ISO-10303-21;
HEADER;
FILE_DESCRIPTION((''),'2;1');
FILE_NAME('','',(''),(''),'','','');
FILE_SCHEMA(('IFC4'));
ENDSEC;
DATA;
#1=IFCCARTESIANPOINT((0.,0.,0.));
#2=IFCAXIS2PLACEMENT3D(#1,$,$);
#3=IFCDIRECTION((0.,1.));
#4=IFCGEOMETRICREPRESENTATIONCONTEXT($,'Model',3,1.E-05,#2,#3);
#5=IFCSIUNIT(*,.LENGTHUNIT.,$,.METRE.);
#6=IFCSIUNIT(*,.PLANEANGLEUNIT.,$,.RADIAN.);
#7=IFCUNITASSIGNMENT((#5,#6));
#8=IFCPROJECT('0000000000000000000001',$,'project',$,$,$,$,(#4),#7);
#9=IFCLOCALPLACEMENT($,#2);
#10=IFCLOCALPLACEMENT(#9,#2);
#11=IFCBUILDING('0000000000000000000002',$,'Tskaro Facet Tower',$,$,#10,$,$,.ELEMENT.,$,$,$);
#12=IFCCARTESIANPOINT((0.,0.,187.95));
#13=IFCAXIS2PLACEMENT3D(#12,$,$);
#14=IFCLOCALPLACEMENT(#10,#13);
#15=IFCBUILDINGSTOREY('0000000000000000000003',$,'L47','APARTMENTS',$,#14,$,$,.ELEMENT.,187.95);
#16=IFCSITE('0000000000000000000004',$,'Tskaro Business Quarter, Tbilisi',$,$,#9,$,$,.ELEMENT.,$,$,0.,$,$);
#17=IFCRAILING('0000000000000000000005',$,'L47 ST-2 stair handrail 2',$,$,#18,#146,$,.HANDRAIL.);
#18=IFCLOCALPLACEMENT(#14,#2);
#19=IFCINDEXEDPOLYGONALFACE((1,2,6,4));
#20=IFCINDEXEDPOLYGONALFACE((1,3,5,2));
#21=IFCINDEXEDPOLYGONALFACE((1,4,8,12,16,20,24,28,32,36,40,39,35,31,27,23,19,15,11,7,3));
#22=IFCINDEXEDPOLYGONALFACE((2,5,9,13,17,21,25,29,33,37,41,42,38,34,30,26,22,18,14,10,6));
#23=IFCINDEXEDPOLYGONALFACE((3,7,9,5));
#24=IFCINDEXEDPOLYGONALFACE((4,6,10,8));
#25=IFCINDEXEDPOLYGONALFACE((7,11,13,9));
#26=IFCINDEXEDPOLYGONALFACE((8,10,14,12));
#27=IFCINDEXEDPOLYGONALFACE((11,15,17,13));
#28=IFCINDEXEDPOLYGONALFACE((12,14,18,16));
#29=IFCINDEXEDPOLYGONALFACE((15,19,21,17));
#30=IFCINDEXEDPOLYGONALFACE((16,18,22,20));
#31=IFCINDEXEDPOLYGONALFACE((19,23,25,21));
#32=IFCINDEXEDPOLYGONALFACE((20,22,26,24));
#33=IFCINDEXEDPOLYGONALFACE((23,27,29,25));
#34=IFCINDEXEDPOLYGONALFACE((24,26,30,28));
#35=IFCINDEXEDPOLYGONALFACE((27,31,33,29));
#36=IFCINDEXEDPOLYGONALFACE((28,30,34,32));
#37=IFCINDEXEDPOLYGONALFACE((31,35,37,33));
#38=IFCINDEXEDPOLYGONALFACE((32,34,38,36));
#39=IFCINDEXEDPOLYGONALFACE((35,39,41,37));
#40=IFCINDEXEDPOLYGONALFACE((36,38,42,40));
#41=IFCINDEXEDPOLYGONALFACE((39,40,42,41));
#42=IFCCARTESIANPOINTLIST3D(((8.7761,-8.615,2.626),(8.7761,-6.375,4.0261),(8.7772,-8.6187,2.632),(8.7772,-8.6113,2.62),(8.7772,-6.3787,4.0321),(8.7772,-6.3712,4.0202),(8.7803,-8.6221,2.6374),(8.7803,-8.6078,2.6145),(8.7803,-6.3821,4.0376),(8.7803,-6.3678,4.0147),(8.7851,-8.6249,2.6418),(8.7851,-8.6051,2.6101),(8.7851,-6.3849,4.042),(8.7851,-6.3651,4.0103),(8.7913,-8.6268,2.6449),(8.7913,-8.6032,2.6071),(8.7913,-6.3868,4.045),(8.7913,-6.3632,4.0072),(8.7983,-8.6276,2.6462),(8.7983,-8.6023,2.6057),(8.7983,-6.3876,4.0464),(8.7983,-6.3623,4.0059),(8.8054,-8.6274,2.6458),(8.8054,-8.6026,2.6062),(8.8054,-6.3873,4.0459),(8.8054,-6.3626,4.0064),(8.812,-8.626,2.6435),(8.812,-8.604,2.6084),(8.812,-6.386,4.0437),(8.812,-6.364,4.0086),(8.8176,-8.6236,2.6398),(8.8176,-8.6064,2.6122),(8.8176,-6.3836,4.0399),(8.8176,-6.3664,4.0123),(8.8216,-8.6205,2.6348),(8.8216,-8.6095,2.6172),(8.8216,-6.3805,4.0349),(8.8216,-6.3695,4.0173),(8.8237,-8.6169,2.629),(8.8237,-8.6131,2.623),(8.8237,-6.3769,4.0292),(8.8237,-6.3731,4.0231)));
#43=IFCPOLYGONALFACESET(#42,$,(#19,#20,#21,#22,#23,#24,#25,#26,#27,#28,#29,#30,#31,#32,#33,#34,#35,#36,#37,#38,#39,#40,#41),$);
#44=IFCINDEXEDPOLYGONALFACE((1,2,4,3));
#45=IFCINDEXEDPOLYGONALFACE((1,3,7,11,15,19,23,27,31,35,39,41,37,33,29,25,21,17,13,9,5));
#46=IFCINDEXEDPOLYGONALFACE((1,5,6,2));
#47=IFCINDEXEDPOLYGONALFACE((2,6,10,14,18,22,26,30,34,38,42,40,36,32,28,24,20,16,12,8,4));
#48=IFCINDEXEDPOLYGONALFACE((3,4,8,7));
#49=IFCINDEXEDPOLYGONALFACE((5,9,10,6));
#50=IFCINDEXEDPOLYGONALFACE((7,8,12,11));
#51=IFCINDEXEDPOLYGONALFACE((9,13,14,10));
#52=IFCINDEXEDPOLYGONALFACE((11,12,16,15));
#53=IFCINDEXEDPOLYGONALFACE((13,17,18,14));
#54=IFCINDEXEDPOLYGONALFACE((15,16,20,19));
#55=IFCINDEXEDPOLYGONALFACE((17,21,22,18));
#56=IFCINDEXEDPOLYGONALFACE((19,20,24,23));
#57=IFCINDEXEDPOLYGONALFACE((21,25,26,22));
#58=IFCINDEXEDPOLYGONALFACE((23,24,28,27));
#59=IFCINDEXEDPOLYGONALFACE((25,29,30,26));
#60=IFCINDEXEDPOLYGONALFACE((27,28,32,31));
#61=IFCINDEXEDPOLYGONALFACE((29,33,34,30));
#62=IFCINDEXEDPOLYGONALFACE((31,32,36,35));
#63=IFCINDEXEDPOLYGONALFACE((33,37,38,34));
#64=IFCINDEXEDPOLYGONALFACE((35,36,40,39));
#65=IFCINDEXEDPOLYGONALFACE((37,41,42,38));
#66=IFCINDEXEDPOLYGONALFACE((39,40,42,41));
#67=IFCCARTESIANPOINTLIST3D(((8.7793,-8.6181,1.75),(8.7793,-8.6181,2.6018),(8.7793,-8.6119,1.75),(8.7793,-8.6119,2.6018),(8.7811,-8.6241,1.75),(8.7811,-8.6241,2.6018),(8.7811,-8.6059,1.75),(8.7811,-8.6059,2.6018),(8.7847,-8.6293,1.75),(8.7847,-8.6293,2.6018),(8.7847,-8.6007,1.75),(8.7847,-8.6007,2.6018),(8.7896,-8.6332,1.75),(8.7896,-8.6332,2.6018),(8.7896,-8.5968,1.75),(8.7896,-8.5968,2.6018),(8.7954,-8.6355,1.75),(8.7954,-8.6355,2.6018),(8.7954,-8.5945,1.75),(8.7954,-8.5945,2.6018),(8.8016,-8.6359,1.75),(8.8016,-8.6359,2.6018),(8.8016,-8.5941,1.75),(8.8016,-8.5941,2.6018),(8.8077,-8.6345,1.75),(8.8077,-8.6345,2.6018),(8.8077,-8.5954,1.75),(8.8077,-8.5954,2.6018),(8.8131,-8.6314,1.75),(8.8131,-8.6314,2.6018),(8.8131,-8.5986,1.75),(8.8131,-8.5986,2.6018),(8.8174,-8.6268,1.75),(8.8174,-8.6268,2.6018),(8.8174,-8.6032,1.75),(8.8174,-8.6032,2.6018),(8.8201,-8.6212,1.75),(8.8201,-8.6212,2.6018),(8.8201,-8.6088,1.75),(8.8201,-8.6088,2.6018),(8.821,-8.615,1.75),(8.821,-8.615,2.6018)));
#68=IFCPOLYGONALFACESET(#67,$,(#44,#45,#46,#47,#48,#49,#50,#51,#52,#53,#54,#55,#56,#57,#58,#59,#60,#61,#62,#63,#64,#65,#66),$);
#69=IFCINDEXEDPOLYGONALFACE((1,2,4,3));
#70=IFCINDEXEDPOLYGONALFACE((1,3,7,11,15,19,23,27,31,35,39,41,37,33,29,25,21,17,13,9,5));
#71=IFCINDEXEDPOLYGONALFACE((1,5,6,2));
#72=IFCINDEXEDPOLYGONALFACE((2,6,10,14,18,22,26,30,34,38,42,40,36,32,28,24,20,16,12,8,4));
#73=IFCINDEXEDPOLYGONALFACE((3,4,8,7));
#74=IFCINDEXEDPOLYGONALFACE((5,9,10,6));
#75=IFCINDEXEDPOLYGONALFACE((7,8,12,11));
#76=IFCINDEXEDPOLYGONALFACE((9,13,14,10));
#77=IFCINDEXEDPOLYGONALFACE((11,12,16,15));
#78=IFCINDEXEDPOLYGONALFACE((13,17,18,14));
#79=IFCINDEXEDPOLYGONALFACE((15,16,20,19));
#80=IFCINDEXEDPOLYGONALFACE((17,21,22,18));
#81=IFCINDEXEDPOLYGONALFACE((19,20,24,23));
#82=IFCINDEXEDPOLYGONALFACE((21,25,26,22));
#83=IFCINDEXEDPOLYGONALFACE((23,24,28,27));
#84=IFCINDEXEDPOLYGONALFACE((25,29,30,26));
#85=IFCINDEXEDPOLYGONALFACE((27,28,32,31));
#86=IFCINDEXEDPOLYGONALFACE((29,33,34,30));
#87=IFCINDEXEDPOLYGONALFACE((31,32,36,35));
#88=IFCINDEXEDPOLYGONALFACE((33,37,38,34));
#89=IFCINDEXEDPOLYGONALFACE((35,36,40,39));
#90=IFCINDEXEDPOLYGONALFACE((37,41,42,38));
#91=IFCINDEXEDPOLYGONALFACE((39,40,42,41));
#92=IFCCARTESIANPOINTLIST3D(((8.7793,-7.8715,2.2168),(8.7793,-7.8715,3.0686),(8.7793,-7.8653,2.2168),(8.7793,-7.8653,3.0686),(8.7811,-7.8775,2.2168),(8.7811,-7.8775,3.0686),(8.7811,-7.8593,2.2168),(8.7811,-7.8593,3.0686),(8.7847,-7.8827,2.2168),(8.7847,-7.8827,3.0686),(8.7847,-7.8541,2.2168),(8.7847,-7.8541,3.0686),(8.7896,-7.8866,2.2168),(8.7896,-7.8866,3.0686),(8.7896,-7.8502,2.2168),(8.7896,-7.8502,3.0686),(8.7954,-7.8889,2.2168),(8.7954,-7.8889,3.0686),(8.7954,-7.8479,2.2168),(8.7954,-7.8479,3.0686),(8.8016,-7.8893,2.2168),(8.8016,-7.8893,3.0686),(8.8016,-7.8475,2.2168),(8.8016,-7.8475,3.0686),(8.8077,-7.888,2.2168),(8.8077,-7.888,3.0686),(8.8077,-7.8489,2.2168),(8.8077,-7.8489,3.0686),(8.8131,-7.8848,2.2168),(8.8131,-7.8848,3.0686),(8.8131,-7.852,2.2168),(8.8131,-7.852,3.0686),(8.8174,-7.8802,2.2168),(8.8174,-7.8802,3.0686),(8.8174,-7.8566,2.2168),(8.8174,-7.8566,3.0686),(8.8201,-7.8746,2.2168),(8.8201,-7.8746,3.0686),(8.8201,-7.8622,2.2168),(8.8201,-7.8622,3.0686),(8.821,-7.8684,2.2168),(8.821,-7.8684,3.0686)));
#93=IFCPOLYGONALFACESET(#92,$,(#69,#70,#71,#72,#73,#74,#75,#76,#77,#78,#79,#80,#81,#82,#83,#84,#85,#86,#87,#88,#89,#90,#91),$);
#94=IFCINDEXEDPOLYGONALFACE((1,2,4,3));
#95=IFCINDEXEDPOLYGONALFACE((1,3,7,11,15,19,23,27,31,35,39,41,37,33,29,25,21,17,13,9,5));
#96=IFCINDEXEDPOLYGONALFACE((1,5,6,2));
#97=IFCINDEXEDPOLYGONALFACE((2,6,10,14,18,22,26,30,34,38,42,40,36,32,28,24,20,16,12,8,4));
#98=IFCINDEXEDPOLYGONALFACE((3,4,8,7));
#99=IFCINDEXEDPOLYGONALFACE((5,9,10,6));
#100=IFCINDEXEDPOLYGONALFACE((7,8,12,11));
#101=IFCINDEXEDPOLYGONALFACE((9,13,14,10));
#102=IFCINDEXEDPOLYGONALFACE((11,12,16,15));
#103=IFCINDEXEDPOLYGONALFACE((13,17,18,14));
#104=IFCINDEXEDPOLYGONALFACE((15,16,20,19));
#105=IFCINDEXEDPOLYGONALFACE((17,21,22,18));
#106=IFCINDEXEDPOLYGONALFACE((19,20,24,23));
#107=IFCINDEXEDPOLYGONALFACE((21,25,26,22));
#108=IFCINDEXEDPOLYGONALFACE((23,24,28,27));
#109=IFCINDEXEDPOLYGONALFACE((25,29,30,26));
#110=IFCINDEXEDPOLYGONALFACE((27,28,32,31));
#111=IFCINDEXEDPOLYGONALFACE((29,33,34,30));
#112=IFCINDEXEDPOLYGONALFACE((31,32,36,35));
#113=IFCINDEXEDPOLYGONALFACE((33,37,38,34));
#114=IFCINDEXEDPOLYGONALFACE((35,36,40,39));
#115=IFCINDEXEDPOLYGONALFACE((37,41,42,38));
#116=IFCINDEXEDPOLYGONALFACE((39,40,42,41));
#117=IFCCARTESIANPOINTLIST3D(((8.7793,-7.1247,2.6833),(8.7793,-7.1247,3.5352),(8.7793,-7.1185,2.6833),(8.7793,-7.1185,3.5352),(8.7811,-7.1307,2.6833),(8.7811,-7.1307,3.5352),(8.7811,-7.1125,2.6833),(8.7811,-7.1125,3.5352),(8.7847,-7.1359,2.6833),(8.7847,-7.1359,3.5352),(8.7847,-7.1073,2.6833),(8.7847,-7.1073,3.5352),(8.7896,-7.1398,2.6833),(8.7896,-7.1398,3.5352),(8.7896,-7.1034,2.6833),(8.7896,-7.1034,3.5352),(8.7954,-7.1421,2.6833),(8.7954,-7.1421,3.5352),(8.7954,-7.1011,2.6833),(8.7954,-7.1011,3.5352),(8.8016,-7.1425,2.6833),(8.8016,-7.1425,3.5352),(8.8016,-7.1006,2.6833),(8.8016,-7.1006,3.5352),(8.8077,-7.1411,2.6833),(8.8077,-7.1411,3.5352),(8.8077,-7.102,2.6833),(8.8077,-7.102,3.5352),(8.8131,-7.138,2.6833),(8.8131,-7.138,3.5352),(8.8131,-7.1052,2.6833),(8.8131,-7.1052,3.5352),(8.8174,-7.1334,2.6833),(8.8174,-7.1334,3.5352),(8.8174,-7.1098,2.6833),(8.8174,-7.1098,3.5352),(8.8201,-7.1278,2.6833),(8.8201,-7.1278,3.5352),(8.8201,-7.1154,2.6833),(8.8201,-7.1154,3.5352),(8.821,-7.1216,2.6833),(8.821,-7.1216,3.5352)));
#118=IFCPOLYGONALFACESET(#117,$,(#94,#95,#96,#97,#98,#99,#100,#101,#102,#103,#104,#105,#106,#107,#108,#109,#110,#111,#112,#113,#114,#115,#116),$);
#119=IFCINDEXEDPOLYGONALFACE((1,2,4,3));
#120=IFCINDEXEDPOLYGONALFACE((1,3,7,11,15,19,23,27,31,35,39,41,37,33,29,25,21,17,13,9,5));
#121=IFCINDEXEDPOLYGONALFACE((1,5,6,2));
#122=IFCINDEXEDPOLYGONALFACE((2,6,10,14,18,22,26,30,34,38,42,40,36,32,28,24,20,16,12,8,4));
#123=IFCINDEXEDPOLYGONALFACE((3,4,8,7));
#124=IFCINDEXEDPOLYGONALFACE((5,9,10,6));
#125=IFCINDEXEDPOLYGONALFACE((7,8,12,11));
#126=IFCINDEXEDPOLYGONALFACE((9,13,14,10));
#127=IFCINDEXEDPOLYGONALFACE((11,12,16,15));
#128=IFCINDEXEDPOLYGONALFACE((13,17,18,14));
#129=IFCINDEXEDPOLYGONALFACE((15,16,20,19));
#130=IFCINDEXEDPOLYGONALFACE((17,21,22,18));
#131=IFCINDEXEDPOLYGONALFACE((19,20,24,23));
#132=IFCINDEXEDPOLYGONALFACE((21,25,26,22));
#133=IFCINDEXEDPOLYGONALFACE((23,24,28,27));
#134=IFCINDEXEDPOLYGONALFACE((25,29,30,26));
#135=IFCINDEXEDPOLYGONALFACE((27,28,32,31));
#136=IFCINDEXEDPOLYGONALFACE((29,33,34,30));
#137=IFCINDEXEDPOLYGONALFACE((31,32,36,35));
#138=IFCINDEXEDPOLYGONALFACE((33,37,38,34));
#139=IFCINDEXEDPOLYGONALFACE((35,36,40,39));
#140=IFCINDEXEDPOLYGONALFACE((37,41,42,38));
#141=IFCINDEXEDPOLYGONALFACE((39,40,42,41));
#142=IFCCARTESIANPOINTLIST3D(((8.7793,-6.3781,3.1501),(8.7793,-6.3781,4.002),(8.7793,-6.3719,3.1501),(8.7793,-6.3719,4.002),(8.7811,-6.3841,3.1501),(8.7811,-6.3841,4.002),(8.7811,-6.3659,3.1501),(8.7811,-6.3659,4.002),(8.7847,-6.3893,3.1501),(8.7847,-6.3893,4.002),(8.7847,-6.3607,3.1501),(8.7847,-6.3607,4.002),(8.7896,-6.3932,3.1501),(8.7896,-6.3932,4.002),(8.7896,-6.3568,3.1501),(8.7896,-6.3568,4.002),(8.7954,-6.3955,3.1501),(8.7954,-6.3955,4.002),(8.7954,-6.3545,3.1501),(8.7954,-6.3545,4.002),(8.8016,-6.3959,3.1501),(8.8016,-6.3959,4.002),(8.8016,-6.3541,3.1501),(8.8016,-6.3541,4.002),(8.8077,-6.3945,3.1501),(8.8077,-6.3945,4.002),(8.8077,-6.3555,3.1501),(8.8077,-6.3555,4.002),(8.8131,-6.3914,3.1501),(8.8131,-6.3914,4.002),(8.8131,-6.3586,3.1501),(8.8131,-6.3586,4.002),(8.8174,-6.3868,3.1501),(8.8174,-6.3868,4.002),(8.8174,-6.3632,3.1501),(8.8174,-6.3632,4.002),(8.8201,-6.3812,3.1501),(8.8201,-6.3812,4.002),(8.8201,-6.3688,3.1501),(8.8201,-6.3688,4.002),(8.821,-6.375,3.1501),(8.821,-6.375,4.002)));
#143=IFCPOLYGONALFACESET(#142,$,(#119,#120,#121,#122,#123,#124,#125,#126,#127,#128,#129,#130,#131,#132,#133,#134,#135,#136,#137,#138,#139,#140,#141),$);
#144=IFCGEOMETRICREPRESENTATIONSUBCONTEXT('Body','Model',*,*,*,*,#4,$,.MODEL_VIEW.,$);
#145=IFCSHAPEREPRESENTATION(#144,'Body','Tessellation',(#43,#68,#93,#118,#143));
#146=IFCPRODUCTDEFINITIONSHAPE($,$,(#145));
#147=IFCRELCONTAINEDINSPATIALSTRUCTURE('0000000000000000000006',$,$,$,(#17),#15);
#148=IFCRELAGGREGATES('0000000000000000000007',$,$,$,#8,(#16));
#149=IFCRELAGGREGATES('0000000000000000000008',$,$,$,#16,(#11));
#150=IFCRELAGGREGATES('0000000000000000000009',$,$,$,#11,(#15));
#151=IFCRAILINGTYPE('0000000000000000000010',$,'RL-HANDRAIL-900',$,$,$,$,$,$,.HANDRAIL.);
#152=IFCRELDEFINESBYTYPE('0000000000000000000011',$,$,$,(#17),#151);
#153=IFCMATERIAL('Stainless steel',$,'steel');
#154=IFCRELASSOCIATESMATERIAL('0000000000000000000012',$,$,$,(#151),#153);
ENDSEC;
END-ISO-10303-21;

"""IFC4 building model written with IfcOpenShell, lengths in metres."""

from ifc_helpers import new_model, si_unit, direction, frame, origin, origin_2d, place, context, subcontext, project, spatial, circle, extrude, material, type_object, element, save


model = new_model("IFC4")

# Units and contexts
model_context = context("Model", 3, precision=1e-05, world=origin(), true_north=direction((0.0, 1.0)))
body_context = subcontext(model_context, "Body", "Model", "MODEL_VIEW")
ifc_project = project(units=[si_unit("LENGTHUNIT", "METRE"), si_unit("PLANEANGLEUNIT", "RADIAN")], contexts=[model_context])

# Site, building, storey
site_placement = place(None, origin())
site = spatial("IfcSite", under=ifc_project, at=site_placement, Name="Tskaro Business Quarter, Tbilisi", CompositionType="ELEMENT", RefElevation=0.0)
building_placement = place(site_placement, origin())
building = spatial("IfcBuilding", under=site, at=building_placement, Name="Tskaro Facet Tower", CompositionType="ELEMENT")
storey_placement = place(building_placement, frame((0.0, 0.0, 187.95)))
storey = spatial("IfcBuildingStorey", under=building, at=storey_placement, Name="L47", Description="APARTMENTS", CompositionType="ELEMENT", Elevation=187.95)

# Railing
ifc_material_1 = material(Name="Stainless steel", Category="steel")
railing_type = type_object("IfcRailingType", Name="RL-HANDRAIL-900", PredefinedType="HANDRAIL", material=ifc_material_1)
railing_placement = place(storey_placement, frame((8.8, -8.615, 1.75)))
element("IfcRailing", 1, at=railing_placement, inside=storey, type_object=railing_type, Name="L47 ST-2 stair handrail 2", PredefinedType="HANDRAIL", context=body_context, shape_type="SweptSolid", body=[
    extrude(circle(Radius=0.0239, at=origin_2d()), frame((0.0, 0.0, 0.876), z_axis=(0.0, 0.847972, 0.53004), x_axis=(-1.0, 0.0, 0.0)), (0.0, 0.0, 1.0), 2.6416),
    extrude(circle(Radius=0.021, at=origin_2d()), origin(), (0.0, 0.0, 1.0), 0.8518),
    extrude(circle(Radius=0.021, at=origin_2d()), frame((0.0, 0.7466, 0.4668)), (0.0, 0.0, 1.0), 0.8518),
    extrude(circle(Radius=0.021, at=origin_2d()), frame((0.0, 1.4934, 0.9333)), (0.0, 0.0, 1.0), 0.8518),
    extrude(circle(Radius=0.021, at=origin_2d()), frame((0.0, 2.24, 1.4001)), (0.0, 0.0, 1.0), 0.8518),
])

save(model, "model.ifc")
